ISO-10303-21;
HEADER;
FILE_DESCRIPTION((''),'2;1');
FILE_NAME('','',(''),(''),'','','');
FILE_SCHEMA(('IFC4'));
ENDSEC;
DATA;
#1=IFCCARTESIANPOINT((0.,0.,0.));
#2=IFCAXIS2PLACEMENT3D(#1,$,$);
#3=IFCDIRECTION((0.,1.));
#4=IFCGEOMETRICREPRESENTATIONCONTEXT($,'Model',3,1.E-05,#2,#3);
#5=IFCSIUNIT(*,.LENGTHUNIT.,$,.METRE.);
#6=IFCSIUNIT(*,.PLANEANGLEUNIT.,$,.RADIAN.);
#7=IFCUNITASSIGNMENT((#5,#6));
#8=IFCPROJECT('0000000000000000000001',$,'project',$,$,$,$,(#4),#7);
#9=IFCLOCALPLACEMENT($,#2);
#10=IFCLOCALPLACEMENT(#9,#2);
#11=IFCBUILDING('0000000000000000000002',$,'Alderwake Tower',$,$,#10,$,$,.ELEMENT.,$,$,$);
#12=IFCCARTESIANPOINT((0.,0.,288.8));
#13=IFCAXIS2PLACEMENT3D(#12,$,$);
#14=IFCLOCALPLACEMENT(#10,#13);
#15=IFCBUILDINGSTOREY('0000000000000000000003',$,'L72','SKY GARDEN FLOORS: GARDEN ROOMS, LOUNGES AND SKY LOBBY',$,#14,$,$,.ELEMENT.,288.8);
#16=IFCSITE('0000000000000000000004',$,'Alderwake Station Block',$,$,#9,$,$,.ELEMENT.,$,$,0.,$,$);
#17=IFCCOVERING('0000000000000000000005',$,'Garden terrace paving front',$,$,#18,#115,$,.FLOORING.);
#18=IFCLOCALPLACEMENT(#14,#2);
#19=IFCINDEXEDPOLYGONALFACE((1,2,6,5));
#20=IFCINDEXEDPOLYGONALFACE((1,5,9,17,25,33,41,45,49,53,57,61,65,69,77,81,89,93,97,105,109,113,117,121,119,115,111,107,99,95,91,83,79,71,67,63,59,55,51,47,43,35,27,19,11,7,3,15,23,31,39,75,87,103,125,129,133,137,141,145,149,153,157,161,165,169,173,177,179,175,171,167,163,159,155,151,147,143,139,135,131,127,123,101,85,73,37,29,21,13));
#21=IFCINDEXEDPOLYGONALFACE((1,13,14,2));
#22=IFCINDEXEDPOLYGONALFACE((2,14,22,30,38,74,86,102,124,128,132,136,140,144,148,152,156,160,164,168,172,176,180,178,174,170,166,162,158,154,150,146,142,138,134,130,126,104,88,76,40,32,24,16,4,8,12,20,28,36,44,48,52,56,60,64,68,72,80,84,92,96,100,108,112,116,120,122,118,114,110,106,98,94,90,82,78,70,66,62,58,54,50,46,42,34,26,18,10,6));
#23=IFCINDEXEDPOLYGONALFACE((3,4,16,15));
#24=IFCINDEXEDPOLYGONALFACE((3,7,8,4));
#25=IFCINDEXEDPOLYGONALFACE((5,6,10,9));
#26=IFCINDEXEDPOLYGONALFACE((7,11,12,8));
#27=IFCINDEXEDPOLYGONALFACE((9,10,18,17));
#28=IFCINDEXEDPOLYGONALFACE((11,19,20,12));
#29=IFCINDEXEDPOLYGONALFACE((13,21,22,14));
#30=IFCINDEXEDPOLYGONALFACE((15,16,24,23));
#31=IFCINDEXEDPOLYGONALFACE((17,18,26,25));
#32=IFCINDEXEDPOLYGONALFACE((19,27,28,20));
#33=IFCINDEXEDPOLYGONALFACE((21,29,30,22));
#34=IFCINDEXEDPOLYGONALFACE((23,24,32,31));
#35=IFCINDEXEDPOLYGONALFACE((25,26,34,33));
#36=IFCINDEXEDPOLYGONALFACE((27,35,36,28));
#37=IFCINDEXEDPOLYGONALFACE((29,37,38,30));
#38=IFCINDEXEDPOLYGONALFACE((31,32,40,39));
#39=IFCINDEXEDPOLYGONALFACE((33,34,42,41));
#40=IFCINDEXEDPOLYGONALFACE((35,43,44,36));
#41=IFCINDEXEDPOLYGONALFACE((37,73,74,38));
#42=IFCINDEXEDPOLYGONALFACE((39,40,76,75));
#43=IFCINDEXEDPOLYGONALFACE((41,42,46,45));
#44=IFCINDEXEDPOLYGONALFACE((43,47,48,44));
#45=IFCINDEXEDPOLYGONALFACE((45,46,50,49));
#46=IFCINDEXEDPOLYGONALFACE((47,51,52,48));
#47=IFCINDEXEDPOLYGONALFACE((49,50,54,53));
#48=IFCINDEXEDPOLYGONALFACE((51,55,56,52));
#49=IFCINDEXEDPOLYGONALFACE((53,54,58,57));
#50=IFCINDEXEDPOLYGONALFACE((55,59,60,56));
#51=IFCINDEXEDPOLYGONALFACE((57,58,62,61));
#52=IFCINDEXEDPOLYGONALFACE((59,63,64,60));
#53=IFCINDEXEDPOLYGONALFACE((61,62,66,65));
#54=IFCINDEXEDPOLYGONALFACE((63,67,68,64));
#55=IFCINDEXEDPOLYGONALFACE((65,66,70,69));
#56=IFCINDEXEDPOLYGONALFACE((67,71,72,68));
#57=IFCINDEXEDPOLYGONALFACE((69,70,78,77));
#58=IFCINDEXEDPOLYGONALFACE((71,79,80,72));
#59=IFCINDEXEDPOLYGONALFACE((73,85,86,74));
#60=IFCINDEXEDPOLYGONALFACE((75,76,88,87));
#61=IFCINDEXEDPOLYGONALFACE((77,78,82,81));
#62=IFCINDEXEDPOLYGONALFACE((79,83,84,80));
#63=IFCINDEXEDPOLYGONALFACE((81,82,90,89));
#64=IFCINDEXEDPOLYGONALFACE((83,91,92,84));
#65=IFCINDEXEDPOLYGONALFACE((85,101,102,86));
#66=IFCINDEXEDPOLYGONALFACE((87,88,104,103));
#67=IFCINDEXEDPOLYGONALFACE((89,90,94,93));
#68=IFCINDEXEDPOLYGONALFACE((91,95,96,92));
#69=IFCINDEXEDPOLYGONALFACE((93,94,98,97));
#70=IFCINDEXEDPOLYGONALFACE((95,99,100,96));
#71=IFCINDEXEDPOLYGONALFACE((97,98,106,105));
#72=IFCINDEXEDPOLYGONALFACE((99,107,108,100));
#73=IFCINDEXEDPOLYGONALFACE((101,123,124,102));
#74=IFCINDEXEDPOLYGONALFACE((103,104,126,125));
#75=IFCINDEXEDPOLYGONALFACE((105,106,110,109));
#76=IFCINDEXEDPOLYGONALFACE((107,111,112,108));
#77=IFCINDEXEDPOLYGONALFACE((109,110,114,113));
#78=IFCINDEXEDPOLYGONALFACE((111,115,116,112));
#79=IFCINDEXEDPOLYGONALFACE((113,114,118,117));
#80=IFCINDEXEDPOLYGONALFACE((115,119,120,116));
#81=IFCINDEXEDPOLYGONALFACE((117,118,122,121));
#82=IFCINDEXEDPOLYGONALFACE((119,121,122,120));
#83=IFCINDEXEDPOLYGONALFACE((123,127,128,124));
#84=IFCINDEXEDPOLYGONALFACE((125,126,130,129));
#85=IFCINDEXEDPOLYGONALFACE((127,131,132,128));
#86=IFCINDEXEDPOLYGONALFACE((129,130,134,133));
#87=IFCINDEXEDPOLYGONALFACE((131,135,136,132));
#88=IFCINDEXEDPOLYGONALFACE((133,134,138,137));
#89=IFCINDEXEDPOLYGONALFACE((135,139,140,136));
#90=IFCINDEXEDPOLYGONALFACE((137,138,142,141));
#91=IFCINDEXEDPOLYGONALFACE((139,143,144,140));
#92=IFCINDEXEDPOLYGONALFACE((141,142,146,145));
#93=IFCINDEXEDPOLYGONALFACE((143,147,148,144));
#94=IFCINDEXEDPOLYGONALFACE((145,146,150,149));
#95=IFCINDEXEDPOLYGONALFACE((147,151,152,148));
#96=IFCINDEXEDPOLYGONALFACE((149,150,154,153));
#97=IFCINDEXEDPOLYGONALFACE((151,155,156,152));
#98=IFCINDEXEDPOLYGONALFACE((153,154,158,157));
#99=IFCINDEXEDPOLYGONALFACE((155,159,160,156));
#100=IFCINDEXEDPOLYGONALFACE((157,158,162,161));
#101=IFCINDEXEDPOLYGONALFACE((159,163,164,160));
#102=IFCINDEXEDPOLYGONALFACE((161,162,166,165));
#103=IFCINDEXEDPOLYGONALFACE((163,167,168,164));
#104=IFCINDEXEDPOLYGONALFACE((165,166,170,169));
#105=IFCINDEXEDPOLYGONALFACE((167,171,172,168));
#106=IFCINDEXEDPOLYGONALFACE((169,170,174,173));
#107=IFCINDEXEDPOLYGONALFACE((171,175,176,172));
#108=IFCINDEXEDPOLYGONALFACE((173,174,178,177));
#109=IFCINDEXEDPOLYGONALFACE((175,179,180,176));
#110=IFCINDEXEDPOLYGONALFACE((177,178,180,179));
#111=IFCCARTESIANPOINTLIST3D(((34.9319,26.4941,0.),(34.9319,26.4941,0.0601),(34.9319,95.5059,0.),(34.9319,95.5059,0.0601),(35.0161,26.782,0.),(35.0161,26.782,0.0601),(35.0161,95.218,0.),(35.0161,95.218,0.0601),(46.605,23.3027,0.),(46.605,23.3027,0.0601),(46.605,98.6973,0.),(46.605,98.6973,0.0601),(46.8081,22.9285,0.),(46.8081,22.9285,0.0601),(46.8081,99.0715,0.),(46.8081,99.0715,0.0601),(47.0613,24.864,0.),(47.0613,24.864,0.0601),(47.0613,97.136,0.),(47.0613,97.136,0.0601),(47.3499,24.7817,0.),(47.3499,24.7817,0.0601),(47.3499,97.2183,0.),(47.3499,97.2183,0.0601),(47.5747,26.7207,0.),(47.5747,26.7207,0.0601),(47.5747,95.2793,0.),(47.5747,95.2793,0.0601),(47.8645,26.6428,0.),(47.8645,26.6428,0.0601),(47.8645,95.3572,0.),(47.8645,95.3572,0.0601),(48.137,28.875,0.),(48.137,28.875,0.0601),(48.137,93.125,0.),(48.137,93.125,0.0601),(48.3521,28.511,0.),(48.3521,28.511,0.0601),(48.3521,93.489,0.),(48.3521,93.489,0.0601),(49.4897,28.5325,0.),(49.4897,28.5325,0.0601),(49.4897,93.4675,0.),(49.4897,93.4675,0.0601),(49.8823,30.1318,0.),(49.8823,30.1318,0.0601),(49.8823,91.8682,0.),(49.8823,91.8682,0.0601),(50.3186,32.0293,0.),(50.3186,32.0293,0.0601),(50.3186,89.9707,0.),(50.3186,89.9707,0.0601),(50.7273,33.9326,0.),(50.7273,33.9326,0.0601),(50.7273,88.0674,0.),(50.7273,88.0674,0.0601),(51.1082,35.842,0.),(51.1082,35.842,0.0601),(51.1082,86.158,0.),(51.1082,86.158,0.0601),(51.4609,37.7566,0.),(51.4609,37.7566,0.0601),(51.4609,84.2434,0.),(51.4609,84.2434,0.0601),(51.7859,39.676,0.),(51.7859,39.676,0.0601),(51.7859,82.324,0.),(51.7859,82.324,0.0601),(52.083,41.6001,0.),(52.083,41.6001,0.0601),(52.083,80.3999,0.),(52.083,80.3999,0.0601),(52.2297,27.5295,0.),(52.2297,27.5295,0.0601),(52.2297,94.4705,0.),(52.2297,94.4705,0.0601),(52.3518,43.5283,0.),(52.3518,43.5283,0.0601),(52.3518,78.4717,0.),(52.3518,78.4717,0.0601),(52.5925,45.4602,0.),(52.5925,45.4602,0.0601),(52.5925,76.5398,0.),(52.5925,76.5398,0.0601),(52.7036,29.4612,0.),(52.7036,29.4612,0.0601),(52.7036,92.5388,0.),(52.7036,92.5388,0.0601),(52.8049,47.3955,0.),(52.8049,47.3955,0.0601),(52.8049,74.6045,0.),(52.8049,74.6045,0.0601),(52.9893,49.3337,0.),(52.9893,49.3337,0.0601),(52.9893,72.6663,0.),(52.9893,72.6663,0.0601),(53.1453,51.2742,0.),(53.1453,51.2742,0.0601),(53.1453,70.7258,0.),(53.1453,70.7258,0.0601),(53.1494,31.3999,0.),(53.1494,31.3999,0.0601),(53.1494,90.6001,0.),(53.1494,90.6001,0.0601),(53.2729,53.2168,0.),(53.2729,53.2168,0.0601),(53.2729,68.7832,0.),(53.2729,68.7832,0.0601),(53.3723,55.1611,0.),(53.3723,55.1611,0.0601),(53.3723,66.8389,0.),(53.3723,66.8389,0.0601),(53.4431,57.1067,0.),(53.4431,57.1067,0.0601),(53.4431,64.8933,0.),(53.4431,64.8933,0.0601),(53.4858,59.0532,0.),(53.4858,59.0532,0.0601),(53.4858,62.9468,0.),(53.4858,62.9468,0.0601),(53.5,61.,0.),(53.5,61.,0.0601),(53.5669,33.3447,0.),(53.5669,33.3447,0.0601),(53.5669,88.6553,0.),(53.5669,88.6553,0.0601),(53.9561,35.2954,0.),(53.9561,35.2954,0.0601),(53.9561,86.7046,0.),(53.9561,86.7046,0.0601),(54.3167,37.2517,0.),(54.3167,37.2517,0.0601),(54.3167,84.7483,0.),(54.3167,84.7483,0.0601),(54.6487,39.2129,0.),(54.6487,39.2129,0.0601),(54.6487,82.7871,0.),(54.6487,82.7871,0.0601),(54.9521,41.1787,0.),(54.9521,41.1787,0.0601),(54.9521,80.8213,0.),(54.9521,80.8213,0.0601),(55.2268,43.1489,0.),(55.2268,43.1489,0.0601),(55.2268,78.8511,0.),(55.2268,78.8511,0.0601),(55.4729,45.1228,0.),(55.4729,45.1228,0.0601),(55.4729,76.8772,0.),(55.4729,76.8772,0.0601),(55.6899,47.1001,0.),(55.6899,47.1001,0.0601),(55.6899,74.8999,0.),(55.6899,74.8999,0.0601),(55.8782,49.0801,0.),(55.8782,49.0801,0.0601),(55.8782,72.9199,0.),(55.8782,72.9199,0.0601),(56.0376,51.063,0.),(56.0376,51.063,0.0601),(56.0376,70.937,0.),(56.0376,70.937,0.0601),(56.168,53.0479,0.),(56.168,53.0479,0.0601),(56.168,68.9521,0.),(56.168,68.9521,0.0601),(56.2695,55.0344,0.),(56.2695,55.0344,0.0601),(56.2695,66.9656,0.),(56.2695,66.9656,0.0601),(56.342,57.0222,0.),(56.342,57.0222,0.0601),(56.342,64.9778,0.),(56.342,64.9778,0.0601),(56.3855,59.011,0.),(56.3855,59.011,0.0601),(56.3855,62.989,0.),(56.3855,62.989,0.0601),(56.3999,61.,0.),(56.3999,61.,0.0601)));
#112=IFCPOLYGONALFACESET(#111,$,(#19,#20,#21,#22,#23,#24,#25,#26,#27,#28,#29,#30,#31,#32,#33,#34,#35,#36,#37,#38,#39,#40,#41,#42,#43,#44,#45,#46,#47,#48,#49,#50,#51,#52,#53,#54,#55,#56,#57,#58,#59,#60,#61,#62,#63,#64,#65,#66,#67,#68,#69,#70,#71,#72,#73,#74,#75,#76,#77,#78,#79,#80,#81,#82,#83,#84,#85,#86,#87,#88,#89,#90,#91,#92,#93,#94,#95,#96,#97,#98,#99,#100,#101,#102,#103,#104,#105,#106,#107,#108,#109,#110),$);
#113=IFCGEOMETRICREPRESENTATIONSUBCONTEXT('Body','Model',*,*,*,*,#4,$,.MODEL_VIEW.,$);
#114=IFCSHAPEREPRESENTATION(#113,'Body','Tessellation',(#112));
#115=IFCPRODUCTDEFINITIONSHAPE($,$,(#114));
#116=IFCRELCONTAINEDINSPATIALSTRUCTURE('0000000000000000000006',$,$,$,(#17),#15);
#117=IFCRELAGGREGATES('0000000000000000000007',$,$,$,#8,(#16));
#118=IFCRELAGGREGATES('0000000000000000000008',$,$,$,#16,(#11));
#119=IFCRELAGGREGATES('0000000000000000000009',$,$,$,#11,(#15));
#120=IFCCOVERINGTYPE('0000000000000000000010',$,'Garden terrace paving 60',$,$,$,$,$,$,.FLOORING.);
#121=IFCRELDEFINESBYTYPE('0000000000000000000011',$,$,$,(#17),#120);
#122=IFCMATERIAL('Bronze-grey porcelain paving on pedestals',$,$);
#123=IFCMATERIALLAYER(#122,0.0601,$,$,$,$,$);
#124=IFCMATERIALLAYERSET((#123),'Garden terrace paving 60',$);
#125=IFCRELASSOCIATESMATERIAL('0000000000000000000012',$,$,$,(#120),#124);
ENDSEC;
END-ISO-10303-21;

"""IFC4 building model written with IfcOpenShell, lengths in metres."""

from ifc_helpers import new_model, si_unit, direction, frame, origin, place, context, subcontext, project, spatial, polyline, outline, extrude, material, layer, layer_set, type_object, element, save


model = new_model("IFC4")

# Units and contexts
model_context = context("Model", 3, precision=1e-05, world=origin(), true_north=direction((0.0, 1.0)))
body_context = subcontext(model_context, "Body", "Model", "MODEL_VIEW")
ifc_project = project(units=[si_unit("LENGTHUNIT", "METRE"), si_unit("PLANEANGLEUNIT", "RADIAN")], contexts=[model_context])

# Site, building, storey
site_placement = place(None, origin())
site = spatial("IfcSite", under=ifc_project, at=site_placement, Name="Alderwake Station Block", CompositionType="ELEMENT", RefElevation=0.0)
building_placement = place(site_placement, origin())
building = spatial("IfcBuilding", under=site, at=building_placement, Name="Alderwake Tower", CompositionType="ELEMENT")
storey_placement = place(building_placement, frame((0.0, 0.0, 288.8)))
storey = spatial("IfcBuildingStorey", under=building, at=storey_placement, Name="L72", Description="SKY GARDEN FLOORS: GARDEN ROOMS, LOUNGES AND SKY LOBBY", CompositionType="ELEMENT", Elevation=288.8)

# Covering
ifc_material_1 = material(Name="Bronze-grey porcelain paving on pedestals")
ifc_layer_1 = layer(ifc_material_1, 0.0601)
ifc_layer_set_1 = layer_set([ifc_layer_1], Name="Garden terrace paving 60")
covering_type = type_object("IfcCoveringType", Name="Garden terrace paving 60", PredefinedType="FLOORING", material=ifc_layer_set_1)
covering_1_placement = place(storey_placement, origin())
element("IfcCovering", 1, at=covering_1_placement, inside=storey, type_object=covering_type, Name="Garden terrace paving front", PredefinedType="FLOORING", context=body_context, shape_type="SweptSolid", body=[
    extrude(outline(polyline([(46.8081, 99.0715), (34.9319, 95.5059), (34.9319, 95.5059), (35.0161, 95.218), (46.605, 98.6973), (47.0613, 97.136), (47.5747, 95.2793), (48.137, 93.125), (49.4897, 93.4675), (49.8823, 91.8682), (50.3186, 89.9707), (50.7273, 88.0674), (51.1082, 86.158), (51.4609, 84.2434), (51.7859, 82.324), (52.083, 80.3999), (52.3518, 78.4717), (52.5925, 76.5398), (52.8049, 74.6045), (52.9893, 72.6663), (53.1453, 70.7258), (53.2729, 68.7832), (53.3723, 66.8389), (53.4431, 64.8933), (53.4858, 62.9468), (53.5, 61.0), (53.4858, 59.0532), (53.4431, 57.1067), (53.3723, 55.1611), (53.2729, 53.2168), (53.1453, 51.2742), (52.9893, 49.3337), (52.8049, 47.3955), (52.5925, 45.4602), (52.3518, 43.5283), (52.083, 41.6001), (51.7859, 39.676), (51.4609, 37.7566), (51.1082, 35.842), (50.7273, 33.9326), (50.3186, 32.0293), (49.8823, 30.1318), (49.4897, 28.5325), (48.137, 28.875), (47.5747, 26.7207), (47.0613, 24.864), (46.605, 23.3027), (35.0161, 26.782), (34.9319, 26.4941), (34.9319, 26.4941), (46.8081, 22.9285), (47.3499, 24.7817), (47.8645, 26.6428), (48.3521, 28.511), (52.2297, 27.5295), (52.7036, 29.4612), (53.1494, 31.3999), (53.5669, 33.3447), (53.9561, 35.2954), (54.3167, 37.2517), (54.6487, 39.2129), (54.9521, 41.1787), (55.2268, 43.1489), (55.4729, 45.1228), (55.6899, 47.1001), (55.8782, 49.0801), (56.0376, 51.063), (56.168, 53.0479), (56.2695, 55.0344), (56.342, 57.0222), (56.3855, 59.011), (56.3999, 61.0), (56.3855, 62.989), (56.342, 64.9778), (56.2695, 66.9656), (56.168, 68.9521), (56.0376, 70.937), (55.8782, 72.9199), (55.6899, 74.8999), (55.4729, 76.8772), (55.2268, 78.8511), (54.9521, 80.8213), (54.6487, 82.7871), (54.3167, 84.7483), (53.9561, 86.7046), (53.5669, 88.6553), (53.1494, 90.6001), (52.7036, 92.5388), (52.2297, 94.4705), (48.3521, 93.489), (47.8645, 95.3572), (47.3499, 97.2183), (46.8081, 99.0715)])), origin(), (0.0, 0.0, 1.0), 0.0601),
])

save(model, "model.ifc")
